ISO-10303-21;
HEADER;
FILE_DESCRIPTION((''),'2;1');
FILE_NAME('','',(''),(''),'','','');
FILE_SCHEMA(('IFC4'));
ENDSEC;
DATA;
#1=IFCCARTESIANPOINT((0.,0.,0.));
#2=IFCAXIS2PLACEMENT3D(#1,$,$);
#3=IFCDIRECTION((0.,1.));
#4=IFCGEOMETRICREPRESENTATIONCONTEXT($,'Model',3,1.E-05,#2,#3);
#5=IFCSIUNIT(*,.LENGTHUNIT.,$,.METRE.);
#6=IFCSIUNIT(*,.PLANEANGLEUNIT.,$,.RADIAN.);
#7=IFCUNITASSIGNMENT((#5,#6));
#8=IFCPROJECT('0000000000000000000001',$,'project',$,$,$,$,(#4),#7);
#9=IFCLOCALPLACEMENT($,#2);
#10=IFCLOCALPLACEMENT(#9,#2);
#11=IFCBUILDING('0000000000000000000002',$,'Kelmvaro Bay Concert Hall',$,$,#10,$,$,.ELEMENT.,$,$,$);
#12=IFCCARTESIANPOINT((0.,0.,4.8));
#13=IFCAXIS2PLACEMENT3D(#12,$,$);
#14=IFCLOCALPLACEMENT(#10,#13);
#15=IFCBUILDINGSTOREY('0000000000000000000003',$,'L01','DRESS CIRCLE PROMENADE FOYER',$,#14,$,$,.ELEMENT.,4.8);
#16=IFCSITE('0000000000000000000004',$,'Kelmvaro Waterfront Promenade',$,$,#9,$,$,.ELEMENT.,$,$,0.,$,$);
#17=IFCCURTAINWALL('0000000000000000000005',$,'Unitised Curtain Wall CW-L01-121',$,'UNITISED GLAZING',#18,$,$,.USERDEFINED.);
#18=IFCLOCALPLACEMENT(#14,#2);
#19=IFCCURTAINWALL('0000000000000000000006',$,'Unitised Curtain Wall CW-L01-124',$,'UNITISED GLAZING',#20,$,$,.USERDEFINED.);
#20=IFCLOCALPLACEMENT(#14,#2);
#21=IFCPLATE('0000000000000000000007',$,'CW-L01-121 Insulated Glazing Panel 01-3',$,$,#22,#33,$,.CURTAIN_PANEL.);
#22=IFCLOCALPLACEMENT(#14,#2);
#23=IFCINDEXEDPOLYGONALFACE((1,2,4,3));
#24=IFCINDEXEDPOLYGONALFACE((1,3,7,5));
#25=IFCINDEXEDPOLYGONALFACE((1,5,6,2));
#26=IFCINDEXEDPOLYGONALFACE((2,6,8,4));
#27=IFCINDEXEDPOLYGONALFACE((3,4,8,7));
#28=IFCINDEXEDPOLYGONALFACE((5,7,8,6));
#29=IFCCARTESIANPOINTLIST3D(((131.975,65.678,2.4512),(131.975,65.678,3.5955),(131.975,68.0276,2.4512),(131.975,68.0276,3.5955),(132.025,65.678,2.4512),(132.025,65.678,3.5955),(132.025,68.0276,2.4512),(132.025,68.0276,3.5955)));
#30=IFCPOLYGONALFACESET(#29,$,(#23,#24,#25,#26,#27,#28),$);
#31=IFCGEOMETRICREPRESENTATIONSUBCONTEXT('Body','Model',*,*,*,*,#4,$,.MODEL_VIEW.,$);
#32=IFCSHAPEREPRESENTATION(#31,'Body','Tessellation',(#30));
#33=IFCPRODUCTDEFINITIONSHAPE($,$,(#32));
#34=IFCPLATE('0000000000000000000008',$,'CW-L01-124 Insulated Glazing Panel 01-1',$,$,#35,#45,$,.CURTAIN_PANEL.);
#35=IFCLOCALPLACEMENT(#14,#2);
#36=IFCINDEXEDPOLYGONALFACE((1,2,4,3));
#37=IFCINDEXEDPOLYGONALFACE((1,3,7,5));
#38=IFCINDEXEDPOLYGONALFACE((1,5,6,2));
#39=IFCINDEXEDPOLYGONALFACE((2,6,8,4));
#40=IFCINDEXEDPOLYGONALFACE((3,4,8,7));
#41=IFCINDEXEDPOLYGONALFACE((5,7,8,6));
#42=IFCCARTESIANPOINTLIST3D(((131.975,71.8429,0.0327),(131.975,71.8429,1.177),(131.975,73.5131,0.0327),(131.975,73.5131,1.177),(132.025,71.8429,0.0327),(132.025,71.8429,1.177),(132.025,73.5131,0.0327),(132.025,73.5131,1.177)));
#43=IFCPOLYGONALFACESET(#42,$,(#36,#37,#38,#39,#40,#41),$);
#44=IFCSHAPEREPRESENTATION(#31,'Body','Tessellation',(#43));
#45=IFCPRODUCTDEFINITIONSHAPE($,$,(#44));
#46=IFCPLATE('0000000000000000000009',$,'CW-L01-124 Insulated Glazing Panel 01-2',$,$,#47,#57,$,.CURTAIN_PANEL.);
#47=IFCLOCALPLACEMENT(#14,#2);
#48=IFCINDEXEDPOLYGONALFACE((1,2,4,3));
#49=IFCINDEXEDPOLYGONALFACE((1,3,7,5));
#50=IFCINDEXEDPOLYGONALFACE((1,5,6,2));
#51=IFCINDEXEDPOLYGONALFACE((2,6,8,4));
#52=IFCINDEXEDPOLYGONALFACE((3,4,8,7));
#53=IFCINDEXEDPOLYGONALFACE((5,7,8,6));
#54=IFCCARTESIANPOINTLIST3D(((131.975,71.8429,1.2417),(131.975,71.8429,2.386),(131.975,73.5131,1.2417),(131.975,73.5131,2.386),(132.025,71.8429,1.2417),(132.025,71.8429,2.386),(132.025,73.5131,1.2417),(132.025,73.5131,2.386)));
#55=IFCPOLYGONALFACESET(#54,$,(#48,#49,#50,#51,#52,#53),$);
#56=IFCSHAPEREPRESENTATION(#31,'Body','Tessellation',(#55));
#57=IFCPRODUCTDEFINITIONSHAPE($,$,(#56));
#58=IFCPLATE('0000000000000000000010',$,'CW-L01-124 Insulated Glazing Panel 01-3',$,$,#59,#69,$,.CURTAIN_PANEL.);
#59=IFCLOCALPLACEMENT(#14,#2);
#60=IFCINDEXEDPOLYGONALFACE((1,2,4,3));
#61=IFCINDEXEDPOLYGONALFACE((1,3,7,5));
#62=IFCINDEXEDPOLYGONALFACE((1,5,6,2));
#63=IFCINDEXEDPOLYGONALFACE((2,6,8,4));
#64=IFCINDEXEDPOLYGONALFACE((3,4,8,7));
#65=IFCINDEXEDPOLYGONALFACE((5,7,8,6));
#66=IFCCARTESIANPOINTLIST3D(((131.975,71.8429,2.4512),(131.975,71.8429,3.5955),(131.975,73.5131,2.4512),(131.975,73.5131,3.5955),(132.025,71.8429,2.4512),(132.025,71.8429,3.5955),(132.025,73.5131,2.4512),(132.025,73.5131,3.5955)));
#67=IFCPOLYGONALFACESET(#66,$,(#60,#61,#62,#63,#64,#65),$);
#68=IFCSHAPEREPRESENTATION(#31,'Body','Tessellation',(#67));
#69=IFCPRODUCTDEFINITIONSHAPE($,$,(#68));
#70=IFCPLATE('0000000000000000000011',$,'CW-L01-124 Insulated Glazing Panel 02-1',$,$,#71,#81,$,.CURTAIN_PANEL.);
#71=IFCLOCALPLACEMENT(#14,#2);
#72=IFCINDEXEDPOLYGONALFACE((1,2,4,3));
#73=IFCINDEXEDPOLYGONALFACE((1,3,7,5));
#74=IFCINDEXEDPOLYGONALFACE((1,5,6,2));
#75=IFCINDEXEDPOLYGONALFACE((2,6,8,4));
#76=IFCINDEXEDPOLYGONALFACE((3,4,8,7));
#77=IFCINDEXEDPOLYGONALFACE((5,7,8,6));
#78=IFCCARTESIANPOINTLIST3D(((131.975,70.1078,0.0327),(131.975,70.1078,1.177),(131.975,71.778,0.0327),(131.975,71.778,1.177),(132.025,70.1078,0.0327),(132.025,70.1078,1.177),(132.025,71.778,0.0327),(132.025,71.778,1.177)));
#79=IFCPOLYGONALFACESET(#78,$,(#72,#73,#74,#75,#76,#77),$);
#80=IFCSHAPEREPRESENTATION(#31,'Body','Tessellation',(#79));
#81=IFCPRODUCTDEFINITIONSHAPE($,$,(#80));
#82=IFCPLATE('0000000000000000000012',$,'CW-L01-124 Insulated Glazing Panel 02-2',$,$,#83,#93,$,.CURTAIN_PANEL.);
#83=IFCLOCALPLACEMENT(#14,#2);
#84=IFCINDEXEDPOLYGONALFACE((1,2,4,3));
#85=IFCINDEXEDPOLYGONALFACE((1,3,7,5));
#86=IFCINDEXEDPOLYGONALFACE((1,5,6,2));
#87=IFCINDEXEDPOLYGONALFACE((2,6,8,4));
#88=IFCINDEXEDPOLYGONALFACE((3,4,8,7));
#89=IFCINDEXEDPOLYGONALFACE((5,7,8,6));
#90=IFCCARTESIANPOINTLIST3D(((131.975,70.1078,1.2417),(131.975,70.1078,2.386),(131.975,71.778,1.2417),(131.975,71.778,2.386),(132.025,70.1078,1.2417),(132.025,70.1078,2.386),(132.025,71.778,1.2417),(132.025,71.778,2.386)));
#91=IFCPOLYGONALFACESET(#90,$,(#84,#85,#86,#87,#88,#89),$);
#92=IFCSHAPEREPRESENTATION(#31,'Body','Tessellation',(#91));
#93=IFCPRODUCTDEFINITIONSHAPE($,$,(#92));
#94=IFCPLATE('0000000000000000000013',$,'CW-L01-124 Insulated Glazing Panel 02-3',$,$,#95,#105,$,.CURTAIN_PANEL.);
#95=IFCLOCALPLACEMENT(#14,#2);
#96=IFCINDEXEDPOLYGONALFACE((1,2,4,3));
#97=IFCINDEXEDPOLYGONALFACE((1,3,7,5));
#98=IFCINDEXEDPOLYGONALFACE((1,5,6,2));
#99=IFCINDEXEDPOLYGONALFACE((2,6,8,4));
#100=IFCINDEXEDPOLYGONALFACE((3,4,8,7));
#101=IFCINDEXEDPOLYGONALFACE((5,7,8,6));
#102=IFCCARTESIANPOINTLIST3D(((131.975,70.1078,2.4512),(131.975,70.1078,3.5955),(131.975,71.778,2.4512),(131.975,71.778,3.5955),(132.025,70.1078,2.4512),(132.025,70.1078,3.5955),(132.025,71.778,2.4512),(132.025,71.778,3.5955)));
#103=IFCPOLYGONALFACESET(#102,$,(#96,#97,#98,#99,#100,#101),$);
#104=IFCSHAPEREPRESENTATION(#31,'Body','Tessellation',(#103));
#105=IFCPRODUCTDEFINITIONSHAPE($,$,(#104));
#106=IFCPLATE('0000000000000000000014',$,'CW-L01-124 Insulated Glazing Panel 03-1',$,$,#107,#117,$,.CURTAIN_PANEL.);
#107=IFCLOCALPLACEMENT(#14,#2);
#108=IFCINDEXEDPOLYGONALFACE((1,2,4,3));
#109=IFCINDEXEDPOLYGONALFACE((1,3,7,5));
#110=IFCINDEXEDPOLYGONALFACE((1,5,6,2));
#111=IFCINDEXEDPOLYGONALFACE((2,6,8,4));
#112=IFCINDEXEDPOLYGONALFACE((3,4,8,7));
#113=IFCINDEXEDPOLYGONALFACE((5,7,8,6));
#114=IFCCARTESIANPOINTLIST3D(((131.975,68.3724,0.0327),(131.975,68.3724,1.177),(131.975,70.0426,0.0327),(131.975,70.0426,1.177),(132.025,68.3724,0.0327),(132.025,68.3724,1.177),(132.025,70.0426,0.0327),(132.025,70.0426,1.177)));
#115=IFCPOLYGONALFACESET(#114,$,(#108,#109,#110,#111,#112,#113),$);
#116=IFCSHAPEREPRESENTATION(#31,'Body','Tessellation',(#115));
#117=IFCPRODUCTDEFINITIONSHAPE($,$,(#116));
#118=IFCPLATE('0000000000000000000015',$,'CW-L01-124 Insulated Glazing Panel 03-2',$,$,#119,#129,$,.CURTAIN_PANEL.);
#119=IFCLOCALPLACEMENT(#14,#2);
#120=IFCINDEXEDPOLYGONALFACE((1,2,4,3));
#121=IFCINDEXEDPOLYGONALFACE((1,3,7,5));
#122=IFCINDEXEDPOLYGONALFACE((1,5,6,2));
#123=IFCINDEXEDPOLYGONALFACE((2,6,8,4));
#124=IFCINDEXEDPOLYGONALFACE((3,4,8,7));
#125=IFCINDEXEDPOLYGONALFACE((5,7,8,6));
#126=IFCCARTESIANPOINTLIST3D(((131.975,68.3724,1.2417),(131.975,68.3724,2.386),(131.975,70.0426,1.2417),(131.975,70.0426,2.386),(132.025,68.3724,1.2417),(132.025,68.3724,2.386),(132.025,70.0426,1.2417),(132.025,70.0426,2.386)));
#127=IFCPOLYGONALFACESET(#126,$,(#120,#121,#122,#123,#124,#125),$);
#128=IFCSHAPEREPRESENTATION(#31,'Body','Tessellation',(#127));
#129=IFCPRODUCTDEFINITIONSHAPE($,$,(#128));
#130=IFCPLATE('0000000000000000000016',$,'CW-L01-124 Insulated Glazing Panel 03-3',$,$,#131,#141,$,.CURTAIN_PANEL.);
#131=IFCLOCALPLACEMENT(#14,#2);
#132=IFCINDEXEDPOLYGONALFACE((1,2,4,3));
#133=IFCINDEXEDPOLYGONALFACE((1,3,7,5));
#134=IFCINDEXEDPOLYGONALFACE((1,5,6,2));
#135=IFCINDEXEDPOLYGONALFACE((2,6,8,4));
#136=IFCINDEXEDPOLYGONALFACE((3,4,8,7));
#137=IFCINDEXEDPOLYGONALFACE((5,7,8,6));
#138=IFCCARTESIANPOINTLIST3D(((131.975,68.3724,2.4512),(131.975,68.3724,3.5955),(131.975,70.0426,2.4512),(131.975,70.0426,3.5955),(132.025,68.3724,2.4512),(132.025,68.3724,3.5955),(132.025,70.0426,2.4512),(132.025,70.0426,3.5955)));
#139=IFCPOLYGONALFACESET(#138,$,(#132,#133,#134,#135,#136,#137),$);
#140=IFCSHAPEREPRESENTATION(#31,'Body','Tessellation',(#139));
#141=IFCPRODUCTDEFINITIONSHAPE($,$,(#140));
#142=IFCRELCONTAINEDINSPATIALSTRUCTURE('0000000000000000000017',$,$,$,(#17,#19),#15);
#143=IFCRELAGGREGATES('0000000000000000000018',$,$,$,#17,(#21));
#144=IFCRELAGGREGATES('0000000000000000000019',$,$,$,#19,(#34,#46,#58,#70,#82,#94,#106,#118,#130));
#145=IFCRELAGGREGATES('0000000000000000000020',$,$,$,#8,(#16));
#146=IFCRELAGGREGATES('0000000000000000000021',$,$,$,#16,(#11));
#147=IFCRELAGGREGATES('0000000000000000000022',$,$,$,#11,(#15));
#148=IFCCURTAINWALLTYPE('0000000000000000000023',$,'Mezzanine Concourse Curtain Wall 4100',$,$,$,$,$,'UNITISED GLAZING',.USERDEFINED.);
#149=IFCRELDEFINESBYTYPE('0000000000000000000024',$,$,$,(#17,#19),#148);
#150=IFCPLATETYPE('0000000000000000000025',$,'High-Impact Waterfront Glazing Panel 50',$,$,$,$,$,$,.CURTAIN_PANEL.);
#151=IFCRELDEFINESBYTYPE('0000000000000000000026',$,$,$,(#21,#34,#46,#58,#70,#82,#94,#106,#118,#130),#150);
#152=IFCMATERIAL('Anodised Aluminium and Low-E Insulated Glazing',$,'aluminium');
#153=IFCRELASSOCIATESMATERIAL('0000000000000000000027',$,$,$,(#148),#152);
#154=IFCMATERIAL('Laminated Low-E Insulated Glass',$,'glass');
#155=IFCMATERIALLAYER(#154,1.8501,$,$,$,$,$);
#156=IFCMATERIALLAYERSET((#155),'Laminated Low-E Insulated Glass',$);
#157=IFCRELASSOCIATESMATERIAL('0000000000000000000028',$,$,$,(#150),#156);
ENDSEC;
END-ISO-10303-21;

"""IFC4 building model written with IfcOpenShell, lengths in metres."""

from ifc_helpers import new_model, si_unit, direction, frame, origin, origin_2d, place, context, subcontext, project, spatial, rectangle, extrude, material, layer, layer_set, type_object, element, aggregate, save


model = new_model("IFC4")

# Units and contexts
model_context = context("Model", 3, precision=1e-05, world=origin(), true_north=direction((0.0, 1.0)))
body_context = subcontext(model_context, "Body", "Model", "MODEL_VIEW")
ifc_project = project(units=[si_unit("LENGTHUNIT", "METRE"), si_unit("PLANEANGLEUNIT", "RADIAN")], contexts=[model_context])

# Site, building, storey
site_placement = place(None, origin())
site = spatial("IfcSite", under=ifc_project, at=site_placement, Name="Kelmvaro Waterfront Promenade", CompositionType="ELEMENT", RefElevation=0.0)
building_placement = place(site_placement, origin())
building = spatial("IfcBuilding", under=site, at=building_placement, Name="Kelmvaro Bay Concert Hall", CompositionType="ELEMENT")
storey_placement = place(building_placement, frame((0.0, 0.0, 4.8)))
storey = spatial("IfcBuildingStorey", under=building, at=storey_placement, Name="L01", Description="DRESS CIRCLE PROMENADE FOYER", CompositionType="ELEMENT", Elevation=4.8)

# Curtain walls
ifc_material_1 = material(Name="Anodised Aluminium and Low-E Insulated Glazing", Category="aluminium")
curtain_wall_type = type_object("IfcCurtainWallType", Name="Mezzanine Concourse Curtain Wall 4100", ElementType="UNITISED GLAZING", PredefinedType="USERDEFINED", material=ifc_material_1)
curtain_wall_1_placement = place(storey_placement, origin())
curtain_wall_1 = element("IfcCurtainWall", 1, at=curtain_wall_1_placement, inside=storey, type_object=curtain_wall_type, Name="Unitised Curtain Wall CW-L01-121", ObjectType="UNITISED GLAZING", PredefinedType="USERDEFINED")
curtain_wall_2_placement = place(storey_placement, origin())
curtain_wall_2 = element("IfcCurtainWall", 2, at=curtain_wall_2_placement, inside=storey, type_object=curtain_wall_type, Name="Unitised Curtain Wall CW-L01-124", ObjectType="UNITISED GLAZING", PredefinedType="USERDEFINED")

# Plates
ifc_material_2 = material(Name="Laminated Low-E Insulated Glass", Category="glass")
ifc_layer = layer(ifc_material_2, 1.8501)
ifc_layer_set = layer_set([ifc_layer], Name="Laminated Low-E Insulated Glass")
plate_type = type_object("IfcPlateType", Name="High-Impact Waterfront Glazing Panel 50", PredefinedType="CURTAIN_PANEL", material=ifc_layer_set)
plate_1_placement = place(storey_placement, frame((132.0, 66.8528, 2.4512), z_axis=(0.0, 0.0, 1.0), x_axis=(0.0, -1.0, 0.0)))
plate_1 = element("IfcPlate", 3, at=plate_1_placement, type_object=plate_type, Name="CW-L01-121 Insulated Glazing Panel 01-3", PredefinedType="CURTAIN_PANEL", context=body_context, shape_type="SweptSolid", body=[
    extrude(rectangle(XDim=2.3496, YDim=0.05, at=origin_2d()), origin(), (0.0, 0.0, 1.0), 1.1443),
])
aggregate(curtain_wall_1, [plate_1])
plate_2_placement = place(storey_placement, frame((132.0, 72.678, 0.0327), z_axis=(0.0, 0.0, 1.0), x_axis=(0.0, -1.0, 0.0)))
plate_2 = element("IfcPlate", 4, at=plate_2_placement, type_object=plate_type, Name="CW-L01-124 Insulated Glazing Panel 01-1", PredefinedType="CURTAIN_PANEL", context=body_context, shape_type="SweptSolid", body=[
    extrude(rectangle(XDim=1.6702, YDim=0.05, at=origin_2d()), origin(), (0.0, 0.0, 1.0), 1.1443),
])
plate_3_placement = place(storey_placement, frame((132.0, 72.678, 1.2417), z_axis=(0.0, 0.0, 1.0), x_axis=(0.0, -1.0, 0.0)))
plate_3 = element("IfcPlate", 5, at=plate_3_placement, type_object=plate_type, Name="CW-L01-124 Insulated Glazing Panel 01-2", PredefinedType="CURTAIN_PANEL", context=body_context, shape_type="SweptSolid", body=[
    extrude(rectangle(XDim=1.6702, YDim=0.05, at=origin_2d()), origin(), (0.0, 0.0, 1.0), 1.1443),
])
plate_4_placement = place(storey_placement, frame((132.0, 72.678, 2.4512), z_axis=(0.0, 0.0, 1.0), x_axis=(0.0, -1.0, 0.0)))
plate_4 = element("IfcPlate", 6, at=plate_4_placement, type_object=plate_type, Name="CW-L01-124 Insulated Glazing Panel 01-3", PredefinedType="CURTAIN_PANEL", context=body_context, shape_type="SweptSolid", body=[
    extrude(rectangle(XDim=1.6702, YDim=0.05, at=origin_2d()), origin(), (0.0, 0.0, 1.0), 1.1443),
])
plate_5_placement = place(storey_placement, frame((132.0, 70.9429, 0.0327), z_axis=(0.0, 0.0, 1.0), x_axis=(0.0, -1.0, 0.0)))
plate_5 = element("IfcPlate", 7, at=plate_5_placement, type_object=plate_type, Name="CW-L01-124 Insulated Glazing Panel 02-1", PredefinedType="CURTAIN_PANEL", context=body_context, shape_type="SweptSolid", body=[
    extrude(rectangle(XDim=1.6702, YDim=0.05, at=origin_2d()), origin(), (0.0, 0.0, 1.0), 1.1443),
])
plate_6_placement = place(storey_placement, frame((132.0, 70.9429, 1.2417), z_axis=(0.0, 0.0, 1.0), x_axis=(0.0, -1.0, 0.0)))
plate_6 = element("IfcPlate", 8, at=plate_6_placement, type_object=plate_type, Name="CW-L01-124 Insulated Glazing Panel 02-2", PredefinedType="CURTAIN_PANEL", context=body_context, shape_type="SweptSolid", body=[
    extrude(rectangle(XDim=1.6702, YDim=0.05, at=origin_2d()), origin(), (0.0, 0.0, 1.0), 1.1443),
])
plate_7_placement = place(storey_placement, frame((132.0, 70.9429, 2.4512), z_axis=(0.0, 0.0, 1.0), x_axis=(0.0, -1.0, 0.0)))
plate_7 = element("IfcPlate", 9, at=plate_7_placement, type_object=plate_type, Name="CW-L01-124 Insulated Glazing Panel 02-3", PredefinedType="CURTAIN_PANEL", context=body_context, shape_type="SweptSolid", body=[
    extrude(rectangle(XDim=1.6702, YDim=0.05, at=origin_2d()), origin(), (0.0, 0.0, 1.0), 1.1443),
])
plate_8_placement = place(storey_placement, frame((132.0, 69.2075, 0.0327), z_axis=(0.0, 0.0, 1.0), x_axis=(0.0, -1.0, 0.0)))
plate_8 = element("IfcPlate", 10, at=plate_8_placement, type_object=plate_type, Name="CW-L01-124 Insulated Glazing Panel 03-1", PredefinedType="CURTAIN_PANEL", context=body_context, shape_type="SweptSolid", body=[
    extrude(rectangle(XDim=1.6702, YDim=0.05, at=origin_2d()), origin(), (0.0, 0.0, 1.0), 1.1443),
])
plate_9_placement = place(storey_placement, frame((132.0, 69.2075, 1.2417), z_axis=(0.0, 0.0, 1.0), x_axis=(0.0, -1.0, 0.0)))
plate_9 = element("IfcPlate", 11, at=plate_9_placement, type_object=plate_type, Name="CW-L01-124 Insulated Glazing Panel 03-2", PredefinedType="CURTAIN_PANEL", context=body_context, shape_type="SweptSolid", body=[
    extrude(rectangle(XDim=1.6702, YDim=0.05, at=origin_2d()), origin(), (0.0, 0.0, 1.0), 1.1443),
])
plate_10_placement = place(storey_placement, frame((132.0, 69.2075, 2.4512), z_axis=(0.0, 0.0, 1.0), x_axis=(0.0, -1.0, 0.0)))
plate_10 = element("IfcPlate", 12, at=plate_10_placement, type_object=plate_type, Name="CW-L01-124 Insulated Glazing Panel 03-3", PredefinedType="CURTAIN_PANEL", context=body_context, shape_type="SweptSolid", body=[
    extrude(rectangle(XDim=1.6702, YDim=0.05, at=origin_2d()), origin(), (0.0, 0.0, 1.0), 1.1443),
])
aggregate(curtain_wall_2, [plate_2, plate_3, plate_4, plate_5, plate_6, plate_7, plate_8, plate_9, plate_10])

save(model, "model.ifc")
